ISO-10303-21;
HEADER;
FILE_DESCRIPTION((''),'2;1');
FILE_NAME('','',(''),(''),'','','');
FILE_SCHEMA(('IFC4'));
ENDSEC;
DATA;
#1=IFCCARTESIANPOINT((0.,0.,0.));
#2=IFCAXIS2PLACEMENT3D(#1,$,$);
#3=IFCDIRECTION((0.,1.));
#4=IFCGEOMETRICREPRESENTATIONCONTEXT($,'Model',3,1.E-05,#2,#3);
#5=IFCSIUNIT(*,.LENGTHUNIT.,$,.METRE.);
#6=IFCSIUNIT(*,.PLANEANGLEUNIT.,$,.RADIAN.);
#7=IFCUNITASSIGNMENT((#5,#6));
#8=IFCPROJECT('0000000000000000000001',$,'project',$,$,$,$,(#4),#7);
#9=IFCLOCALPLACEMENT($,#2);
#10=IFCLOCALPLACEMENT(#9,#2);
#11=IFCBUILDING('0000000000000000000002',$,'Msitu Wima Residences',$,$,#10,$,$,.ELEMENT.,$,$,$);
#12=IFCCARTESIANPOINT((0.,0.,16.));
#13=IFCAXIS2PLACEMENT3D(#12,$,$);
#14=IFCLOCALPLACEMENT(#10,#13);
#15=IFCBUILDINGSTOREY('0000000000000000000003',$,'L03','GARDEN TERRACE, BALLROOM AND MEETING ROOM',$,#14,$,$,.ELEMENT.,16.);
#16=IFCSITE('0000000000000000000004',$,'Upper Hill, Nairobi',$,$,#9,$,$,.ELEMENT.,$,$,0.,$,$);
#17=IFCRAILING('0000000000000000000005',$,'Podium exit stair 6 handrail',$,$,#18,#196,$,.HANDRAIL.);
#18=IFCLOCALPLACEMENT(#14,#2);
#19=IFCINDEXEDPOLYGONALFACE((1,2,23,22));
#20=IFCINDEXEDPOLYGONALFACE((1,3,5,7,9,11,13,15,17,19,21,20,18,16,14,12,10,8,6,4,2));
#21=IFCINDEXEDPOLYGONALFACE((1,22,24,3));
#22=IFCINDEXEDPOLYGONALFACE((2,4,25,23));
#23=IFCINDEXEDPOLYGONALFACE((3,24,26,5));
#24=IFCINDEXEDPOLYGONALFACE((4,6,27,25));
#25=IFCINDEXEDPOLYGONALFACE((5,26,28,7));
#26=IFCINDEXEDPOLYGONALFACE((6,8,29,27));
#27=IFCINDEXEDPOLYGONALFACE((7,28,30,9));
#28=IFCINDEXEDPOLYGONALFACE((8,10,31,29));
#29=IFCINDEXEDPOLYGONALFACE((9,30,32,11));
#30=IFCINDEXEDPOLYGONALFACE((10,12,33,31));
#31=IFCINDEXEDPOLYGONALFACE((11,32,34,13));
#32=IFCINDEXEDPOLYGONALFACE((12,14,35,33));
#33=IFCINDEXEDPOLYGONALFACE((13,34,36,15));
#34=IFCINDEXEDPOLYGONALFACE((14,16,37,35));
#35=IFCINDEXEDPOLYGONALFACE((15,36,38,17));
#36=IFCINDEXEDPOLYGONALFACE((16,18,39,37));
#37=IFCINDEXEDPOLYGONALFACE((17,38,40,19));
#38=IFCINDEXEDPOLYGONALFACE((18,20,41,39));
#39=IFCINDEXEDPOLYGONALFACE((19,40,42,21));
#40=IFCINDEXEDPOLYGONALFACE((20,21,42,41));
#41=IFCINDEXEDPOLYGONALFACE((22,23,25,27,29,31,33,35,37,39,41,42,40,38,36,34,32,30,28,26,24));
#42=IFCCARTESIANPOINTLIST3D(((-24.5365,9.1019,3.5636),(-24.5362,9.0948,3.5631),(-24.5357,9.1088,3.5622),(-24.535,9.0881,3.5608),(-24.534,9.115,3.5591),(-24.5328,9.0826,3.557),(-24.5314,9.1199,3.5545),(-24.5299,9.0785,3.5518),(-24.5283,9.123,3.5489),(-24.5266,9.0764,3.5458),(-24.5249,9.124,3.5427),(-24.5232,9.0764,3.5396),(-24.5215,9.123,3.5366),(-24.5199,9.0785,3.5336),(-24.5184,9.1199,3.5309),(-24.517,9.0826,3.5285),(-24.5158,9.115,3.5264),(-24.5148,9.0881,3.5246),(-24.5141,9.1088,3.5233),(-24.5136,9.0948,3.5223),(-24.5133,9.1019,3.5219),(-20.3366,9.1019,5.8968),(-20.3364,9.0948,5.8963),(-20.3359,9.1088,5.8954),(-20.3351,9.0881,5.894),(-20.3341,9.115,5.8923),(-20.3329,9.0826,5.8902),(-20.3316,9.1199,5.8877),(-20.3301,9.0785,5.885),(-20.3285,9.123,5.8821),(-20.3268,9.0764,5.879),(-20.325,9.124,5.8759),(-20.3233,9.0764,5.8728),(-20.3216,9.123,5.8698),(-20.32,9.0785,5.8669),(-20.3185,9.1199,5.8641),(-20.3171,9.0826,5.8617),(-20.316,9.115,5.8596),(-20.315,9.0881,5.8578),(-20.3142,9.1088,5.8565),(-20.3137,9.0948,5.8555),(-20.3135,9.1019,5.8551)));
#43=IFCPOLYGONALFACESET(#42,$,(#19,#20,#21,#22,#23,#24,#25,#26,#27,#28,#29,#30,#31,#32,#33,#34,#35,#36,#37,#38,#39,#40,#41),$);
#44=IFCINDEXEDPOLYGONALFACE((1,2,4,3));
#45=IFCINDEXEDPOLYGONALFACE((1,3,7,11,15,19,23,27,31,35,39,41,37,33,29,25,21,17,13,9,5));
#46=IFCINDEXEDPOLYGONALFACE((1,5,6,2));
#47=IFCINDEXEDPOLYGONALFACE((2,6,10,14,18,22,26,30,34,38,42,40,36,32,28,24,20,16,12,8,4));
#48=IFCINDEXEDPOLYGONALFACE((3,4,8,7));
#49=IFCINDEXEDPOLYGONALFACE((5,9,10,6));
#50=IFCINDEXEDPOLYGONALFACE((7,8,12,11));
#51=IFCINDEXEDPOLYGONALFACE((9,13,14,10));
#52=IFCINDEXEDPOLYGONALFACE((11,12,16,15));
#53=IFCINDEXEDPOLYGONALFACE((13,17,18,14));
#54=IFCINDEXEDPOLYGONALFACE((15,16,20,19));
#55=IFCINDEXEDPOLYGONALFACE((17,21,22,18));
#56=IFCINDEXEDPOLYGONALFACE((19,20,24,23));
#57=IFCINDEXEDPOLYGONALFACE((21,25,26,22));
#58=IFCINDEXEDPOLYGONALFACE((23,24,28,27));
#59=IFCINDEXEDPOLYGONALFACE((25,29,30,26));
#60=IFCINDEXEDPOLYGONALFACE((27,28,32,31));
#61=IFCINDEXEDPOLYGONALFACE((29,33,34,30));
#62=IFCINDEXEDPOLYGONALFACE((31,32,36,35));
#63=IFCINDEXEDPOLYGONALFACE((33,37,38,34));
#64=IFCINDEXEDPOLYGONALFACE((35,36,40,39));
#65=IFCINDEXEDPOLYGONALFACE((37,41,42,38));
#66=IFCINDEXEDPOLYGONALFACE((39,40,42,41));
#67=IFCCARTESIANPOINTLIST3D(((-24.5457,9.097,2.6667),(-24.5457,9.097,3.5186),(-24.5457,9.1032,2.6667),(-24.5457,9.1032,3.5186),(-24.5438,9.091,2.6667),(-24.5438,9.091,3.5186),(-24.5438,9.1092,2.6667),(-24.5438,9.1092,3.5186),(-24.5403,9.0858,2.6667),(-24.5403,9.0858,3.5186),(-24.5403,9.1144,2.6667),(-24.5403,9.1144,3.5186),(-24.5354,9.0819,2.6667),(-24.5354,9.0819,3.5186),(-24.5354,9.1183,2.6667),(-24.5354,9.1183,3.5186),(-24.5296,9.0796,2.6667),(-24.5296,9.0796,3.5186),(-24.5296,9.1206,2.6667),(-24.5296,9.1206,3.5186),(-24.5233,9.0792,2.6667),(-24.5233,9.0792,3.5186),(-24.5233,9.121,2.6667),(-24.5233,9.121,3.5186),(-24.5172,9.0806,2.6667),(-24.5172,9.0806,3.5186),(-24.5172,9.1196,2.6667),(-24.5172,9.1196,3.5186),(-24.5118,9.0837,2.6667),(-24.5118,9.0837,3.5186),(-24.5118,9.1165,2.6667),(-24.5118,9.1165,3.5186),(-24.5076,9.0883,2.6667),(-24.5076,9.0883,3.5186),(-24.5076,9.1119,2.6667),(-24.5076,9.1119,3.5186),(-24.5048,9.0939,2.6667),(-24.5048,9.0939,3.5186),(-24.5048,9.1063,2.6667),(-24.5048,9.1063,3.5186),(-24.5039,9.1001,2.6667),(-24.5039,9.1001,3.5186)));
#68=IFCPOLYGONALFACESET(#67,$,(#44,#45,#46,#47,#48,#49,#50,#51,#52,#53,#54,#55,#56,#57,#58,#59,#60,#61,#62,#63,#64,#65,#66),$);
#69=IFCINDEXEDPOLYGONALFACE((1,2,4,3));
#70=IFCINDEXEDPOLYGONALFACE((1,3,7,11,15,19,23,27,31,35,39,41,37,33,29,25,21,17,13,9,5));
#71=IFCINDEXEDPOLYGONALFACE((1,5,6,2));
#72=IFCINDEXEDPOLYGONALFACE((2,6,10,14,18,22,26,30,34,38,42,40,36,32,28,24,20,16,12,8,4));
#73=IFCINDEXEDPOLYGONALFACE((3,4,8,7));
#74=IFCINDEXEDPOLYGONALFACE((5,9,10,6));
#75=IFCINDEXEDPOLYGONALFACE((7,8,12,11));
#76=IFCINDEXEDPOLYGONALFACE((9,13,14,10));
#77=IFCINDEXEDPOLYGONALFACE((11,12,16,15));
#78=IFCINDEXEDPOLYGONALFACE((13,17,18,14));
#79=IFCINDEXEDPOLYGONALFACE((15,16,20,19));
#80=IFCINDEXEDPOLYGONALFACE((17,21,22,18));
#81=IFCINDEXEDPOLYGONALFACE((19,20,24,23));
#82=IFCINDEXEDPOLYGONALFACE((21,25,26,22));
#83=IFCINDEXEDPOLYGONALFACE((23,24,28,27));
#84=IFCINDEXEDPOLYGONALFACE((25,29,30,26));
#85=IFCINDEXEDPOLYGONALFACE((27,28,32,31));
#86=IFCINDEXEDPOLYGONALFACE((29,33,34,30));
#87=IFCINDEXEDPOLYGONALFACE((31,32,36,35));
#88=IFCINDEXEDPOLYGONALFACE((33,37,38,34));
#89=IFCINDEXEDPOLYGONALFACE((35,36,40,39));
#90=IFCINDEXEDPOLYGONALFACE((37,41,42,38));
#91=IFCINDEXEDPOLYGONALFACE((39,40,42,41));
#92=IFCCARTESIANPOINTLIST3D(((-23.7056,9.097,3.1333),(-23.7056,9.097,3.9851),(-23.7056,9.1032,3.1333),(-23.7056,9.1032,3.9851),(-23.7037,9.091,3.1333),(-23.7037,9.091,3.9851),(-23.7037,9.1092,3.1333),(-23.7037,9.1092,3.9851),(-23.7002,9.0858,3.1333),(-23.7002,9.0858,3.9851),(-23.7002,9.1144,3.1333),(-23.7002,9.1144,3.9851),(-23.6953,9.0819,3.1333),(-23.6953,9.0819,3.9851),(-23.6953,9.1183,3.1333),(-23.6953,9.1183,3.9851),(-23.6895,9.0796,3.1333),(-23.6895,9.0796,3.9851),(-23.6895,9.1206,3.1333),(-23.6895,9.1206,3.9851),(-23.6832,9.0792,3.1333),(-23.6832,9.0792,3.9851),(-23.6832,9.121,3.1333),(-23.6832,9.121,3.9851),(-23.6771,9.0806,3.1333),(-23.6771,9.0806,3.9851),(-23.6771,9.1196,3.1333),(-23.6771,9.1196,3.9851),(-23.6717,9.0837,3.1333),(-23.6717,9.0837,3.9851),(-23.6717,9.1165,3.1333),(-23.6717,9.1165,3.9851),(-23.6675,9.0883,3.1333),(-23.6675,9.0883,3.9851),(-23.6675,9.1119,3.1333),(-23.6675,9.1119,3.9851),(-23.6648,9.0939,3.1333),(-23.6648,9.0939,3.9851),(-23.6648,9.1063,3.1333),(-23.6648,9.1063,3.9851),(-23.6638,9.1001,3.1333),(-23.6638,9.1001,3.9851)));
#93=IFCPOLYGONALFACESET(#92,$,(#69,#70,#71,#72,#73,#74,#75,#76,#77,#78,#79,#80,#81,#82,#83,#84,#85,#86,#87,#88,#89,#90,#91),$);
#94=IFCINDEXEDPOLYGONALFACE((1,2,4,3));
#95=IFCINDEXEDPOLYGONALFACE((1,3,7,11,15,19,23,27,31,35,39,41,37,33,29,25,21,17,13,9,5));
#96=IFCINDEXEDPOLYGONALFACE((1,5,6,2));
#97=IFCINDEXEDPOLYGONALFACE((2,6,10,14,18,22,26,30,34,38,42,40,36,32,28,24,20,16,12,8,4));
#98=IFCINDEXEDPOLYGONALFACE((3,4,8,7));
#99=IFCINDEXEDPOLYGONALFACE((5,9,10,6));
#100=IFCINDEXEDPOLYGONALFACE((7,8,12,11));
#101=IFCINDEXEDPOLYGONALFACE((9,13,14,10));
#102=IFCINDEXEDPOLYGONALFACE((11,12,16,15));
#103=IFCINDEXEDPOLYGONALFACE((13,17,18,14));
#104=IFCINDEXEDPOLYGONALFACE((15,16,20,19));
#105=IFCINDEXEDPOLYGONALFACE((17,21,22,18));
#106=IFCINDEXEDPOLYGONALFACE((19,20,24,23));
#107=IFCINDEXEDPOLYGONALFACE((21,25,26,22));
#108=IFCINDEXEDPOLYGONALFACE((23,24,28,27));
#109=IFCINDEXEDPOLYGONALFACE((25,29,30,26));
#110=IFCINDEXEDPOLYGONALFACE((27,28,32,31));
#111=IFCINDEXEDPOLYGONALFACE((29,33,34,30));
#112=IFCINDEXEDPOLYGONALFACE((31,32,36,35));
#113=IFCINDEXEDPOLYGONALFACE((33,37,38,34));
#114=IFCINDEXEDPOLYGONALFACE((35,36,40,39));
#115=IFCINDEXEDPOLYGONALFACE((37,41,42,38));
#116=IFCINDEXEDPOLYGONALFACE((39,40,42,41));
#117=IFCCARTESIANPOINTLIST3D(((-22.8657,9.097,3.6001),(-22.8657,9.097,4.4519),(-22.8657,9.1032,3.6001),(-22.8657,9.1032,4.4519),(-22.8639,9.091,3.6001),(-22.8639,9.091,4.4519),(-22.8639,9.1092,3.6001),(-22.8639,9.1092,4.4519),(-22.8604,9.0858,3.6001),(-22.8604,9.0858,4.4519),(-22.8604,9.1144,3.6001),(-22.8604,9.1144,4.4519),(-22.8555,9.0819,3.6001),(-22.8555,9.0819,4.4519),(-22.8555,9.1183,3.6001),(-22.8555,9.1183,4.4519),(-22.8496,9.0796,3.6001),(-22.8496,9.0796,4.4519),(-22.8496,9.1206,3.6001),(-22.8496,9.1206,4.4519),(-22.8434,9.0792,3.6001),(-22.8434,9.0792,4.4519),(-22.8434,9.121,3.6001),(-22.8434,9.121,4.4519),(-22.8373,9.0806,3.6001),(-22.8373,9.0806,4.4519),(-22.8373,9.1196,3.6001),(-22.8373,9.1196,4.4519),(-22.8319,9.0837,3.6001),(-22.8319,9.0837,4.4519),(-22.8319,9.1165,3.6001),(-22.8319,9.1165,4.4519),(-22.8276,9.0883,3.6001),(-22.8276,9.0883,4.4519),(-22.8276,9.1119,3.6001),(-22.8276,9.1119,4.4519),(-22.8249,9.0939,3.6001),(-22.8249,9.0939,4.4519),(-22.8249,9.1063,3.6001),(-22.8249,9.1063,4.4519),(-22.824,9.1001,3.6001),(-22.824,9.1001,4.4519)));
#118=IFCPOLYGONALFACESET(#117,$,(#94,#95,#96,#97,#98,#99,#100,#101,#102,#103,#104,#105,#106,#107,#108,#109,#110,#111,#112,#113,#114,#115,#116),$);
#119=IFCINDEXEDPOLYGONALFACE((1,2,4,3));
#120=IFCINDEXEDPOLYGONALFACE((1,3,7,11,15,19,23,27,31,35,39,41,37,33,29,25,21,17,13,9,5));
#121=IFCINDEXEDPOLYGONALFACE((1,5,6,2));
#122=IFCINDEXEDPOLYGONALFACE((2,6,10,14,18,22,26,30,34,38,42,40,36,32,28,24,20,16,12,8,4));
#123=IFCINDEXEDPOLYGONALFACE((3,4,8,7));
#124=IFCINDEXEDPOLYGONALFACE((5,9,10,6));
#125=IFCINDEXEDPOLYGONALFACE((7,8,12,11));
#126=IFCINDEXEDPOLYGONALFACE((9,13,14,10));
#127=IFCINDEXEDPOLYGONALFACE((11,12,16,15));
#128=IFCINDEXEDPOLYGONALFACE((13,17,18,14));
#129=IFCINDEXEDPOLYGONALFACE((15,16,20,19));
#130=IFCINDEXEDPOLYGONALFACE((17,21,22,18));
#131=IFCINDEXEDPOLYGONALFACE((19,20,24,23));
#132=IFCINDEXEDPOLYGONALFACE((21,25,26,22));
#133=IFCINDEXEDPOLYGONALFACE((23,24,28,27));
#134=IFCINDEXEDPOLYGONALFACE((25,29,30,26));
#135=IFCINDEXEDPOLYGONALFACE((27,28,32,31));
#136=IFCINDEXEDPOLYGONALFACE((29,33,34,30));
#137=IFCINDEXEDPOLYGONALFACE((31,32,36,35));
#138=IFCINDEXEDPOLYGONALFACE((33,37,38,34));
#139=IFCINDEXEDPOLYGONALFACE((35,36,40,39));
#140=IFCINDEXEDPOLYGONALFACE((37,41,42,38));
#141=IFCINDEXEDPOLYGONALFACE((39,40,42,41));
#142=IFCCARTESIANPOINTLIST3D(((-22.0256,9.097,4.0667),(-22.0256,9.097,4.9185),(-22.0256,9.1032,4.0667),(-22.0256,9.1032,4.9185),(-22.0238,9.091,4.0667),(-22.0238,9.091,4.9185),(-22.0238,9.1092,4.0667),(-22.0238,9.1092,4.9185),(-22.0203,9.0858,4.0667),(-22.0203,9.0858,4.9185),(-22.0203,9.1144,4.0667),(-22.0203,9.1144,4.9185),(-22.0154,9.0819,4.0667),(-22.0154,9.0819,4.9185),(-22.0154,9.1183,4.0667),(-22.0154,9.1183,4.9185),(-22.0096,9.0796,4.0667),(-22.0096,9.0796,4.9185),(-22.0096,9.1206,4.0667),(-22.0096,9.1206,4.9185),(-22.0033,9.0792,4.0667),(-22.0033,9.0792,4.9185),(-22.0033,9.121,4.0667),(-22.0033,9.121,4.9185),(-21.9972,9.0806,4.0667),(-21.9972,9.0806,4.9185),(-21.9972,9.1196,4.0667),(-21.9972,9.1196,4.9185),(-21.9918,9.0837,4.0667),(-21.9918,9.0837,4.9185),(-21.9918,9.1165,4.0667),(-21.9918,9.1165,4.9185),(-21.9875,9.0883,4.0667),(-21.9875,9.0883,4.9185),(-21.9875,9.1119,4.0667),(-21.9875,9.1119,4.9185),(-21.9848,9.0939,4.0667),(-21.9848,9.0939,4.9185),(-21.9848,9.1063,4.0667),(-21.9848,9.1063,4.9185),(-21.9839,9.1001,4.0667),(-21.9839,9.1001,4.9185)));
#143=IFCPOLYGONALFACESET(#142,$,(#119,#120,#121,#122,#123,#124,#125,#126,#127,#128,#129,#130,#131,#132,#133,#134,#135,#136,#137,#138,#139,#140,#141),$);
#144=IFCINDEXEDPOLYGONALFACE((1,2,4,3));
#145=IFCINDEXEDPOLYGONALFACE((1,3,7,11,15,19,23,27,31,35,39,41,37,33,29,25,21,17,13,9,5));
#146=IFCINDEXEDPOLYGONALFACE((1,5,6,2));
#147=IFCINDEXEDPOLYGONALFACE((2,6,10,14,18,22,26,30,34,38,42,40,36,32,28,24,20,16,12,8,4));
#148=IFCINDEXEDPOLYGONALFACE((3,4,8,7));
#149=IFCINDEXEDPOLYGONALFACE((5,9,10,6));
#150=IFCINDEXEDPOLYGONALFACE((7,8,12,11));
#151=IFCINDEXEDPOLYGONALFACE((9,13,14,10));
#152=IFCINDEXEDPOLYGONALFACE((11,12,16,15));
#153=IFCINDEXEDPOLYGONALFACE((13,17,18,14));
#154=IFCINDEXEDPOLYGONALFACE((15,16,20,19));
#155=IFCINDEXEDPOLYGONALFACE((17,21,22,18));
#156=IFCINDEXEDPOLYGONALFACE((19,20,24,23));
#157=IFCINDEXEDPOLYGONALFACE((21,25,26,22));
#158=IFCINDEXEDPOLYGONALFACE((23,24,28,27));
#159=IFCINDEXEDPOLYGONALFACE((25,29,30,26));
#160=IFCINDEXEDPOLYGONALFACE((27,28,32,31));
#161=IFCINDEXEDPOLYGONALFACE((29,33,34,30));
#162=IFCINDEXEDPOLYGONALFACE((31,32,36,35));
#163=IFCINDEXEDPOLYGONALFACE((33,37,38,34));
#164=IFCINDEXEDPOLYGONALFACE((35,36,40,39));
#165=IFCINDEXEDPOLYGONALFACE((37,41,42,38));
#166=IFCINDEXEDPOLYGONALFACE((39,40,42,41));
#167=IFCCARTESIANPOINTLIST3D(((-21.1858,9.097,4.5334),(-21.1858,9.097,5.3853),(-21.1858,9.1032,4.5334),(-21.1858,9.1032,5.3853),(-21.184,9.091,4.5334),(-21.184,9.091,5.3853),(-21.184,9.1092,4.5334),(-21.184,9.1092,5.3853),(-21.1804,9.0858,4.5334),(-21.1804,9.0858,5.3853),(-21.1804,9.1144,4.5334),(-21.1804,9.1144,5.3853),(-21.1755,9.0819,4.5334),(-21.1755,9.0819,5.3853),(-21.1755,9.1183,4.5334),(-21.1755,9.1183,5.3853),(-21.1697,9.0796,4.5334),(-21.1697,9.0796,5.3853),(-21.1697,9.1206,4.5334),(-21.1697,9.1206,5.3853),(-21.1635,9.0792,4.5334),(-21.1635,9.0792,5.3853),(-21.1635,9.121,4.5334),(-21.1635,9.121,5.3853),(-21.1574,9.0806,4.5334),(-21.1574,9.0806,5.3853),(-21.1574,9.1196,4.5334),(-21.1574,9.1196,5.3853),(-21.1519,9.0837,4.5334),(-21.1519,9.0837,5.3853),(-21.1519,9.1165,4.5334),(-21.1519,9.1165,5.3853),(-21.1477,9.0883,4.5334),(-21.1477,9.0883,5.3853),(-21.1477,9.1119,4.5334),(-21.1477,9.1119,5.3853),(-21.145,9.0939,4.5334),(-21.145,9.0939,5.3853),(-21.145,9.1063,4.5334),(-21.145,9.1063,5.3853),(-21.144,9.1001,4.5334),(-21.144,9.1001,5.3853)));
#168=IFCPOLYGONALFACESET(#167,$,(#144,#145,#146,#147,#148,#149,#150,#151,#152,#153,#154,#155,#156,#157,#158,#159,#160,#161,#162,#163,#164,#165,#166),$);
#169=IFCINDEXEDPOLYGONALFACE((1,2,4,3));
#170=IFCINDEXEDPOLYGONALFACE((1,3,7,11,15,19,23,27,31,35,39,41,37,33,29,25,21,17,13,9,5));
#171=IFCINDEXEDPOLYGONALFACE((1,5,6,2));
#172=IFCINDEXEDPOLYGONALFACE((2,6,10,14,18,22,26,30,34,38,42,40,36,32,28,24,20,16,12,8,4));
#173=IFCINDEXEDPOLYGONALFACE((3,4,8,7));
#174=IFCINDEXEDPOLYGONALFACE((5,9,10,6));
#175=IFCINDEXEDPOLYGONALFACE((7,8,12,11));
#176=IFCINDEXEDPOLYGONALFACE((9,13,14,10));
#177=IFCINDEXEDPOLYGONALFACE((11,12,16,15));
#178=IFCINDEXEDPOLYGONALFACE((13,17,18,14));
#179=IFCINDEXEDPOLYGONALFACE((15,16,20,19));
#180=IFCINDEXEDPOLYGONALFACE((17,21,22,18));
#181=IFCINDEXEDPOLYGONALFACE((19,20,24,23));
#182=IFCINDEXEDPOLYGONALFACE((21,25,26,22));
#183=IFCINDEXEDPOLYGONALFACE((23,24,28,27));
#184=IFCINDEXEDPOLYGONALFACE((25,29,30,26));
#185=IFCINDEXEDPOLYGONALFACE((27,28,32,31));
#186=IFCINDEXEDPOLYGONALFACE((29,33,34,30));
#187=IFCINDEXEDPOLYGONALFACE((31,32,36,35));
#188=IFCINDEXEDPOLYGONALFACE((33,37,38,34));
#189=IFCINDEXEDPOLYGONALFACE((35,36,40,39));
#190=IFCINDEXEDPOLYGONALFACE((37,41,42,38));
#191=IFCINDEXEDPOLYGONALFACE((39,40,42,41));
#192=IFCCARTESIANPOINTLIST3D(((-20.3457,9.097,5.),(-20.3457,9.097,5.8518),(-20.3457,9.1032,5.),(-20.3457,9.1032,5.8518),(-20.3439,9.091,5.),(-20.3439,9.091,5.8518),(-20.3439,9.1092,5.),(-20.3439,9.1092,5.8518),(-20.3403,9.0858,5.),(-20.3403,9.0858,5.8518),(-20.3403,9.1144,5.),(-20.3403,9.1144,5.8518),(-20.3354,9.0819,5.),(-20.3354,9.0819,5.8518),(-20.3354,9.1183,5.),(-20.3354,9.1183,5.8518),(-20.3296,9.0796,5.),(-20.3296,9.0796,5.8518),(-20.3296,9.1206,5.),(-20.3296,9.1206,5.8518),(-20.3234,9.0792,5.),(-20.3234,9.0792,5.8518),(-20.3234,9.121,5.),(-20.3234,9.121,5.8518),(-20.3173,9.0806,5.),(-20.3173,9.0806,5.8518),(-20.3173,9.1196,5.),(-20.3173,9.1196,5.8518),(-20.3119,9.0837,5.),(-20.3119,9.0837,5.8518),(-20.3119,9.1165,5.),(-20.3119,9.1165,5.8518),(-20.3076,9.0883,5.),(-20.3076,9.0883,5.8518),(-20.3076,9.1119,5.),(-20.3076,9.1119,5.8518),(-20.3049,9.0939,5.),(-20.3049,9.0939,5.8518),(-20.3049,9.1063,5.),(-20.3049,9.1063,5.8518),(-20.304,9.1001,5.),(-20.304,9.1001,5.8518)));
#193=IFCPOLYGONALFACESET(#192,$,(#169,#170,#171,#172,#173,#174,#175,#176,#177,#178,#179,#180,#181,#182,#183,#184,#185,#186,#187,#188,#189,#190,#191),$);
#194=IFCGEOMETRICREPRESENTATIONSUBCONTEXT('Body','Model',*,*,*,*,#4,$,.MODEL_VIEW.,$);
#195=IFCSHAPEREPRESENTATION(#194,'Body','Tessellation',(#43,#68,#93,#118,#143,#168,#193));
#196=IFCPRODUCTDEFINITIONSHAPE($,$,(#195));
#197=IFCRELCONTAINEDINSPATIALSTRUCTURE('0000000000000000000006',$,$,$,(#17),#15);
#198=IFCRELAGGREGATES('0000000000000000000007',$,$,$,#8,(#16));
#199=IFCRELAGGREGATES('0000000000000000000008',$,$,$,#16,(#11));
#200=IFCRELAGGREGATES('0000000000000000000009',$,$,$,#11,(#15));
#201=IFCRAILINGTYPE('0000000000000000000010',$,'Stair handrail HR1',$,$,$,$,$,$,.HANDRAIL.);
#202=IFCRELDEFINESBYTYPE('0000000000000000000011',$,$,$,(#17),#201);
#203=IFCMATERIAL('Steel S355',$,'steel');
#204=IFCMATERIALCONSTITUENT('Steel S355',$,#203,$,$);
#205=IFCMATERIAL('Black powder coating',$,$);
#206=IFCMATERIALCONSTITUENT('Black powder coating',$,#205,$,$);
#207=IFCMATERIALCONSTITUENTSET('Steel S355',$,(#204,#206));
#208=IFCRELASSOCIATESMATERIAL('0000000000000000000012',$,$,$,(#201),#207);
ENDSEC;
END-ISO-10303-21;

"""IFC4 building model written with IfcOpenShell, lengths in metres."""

from ifc_helpers import new_model, si_unit, direction, frame, origin, origin_2d, place, context, subcontext, project, spatial, circle, extrude, material, constituent, constituent_set, type_object, element, save


model = new_model("IFC4")

# Units and contexts
model_context = context("Model", 3, precision=1e-05, world=origin(), true_north=direction((0.0, 1.0)))
body_context = subcontext(model_context, "Body", "Model", "MODEL_VIEW")
ifc_project = project(units=[si_unit("LENGTHUNIT", "METRE"), si_unit("PLANEANGLEUNIT", "RADIAN")], contexts=[model_context])

# Site, building, storey
site_placement = place(None, origin())
site = spatial("IfcSite", under=ifc_project, at=site_placement, Name="Upper Hill, Nairobi", CompositionType="ELEMENT", RefElevation=0.0)
building_placement = place(site_placement, origin())
building = spatial("IfcBuilding", under=site, at=building_placement, Name="Msitu Wima Residences", CompositionType="ELEMENT")
storey_placement = place(building_placement, frame((0.0, 0.0, 16.0)))
storey = spatial("IfcBuildingStorey", under=building, at=storey_placement, Name="L03", Description="GARDEN TERRACE, BALLROOM AND MEETING ROOM", CompositionType="ELEMENT", Elevation=16.0)

# Railing
ifc_material_1 = material(Name="Steel S355", Category="steel")
ifc_constituent_1 = constituent(ifc_material_1, Name="Steel S355")
ifc_material_2 = material(Name="Black powder coating")
ifc_constituent_2 = constituent(ifc_material_2, Name="Black powder coating")
ifc_constituent_set = constituent_set(constituents=[ifc_constituent_1, ifc_constituent_2], Name="Steel S355")
railing_type = type_object("IfcRailingType", Name="Stair handrail HR1", PredefinedType="HANDRAIL", material=ifc_constituent_set)
for number, where, name in (
    (1, (-24.5249, 9.1001, 2.6667), "Podium exit stair 6 handrail"),
):
    element("IfcRailing", number, at=place(storey_placement, frame(where)), inside=storey, type_object=railing_type, Name=name, PredefinedType="HANDRAIL", context=body_context, shape_type="SweptSolid", body=[
        extrude(circle(Radius=0.0239, at=origin_2d()), frame((0.0, 0.0, 0.876), z_axis=(0.874162, 0.0, 0.485634), x_axis=(0.0, 1.0, 0.0)), (0.0, 0.0, 1.0), 4.8044),
        extrude(circle(Radius=0.021, at=origin_2d()), origin(), (0.0, 0.0, 1.0), 0.8518),
        extrude(circle(Radius=0.021, at=origin_2d()), frame((0.8401, 0.0, 0.4666)), (0.0, 0.0, 1.0), 0.8518),
        extrude(circle(Radius=0.021, at=origin_2d()), frame((1.6799, 0.0, 0.9333)), (0.0, 0.0, 1.0), 0.8518),
        extrude(circle(Radius=0.021, at=origin_2d()), frame((2.52, 0.0, 1.3999)), (0.0, 0.0, 1.0), 0.8518),
        extrude(circle(Radius=0.021, at=origin_2d()), frame((3.3599, 0.0, 1.8667)), (0.0, 0.0, 1.0), 0.8518),
        extrude(circle(Radius=0.021, at=origin_2d()), frame((4.2, 0.0, 2.3333)), (0.0, 0.0, 1.0), 0.8518),
    ])

save(model, "model.ifc")
